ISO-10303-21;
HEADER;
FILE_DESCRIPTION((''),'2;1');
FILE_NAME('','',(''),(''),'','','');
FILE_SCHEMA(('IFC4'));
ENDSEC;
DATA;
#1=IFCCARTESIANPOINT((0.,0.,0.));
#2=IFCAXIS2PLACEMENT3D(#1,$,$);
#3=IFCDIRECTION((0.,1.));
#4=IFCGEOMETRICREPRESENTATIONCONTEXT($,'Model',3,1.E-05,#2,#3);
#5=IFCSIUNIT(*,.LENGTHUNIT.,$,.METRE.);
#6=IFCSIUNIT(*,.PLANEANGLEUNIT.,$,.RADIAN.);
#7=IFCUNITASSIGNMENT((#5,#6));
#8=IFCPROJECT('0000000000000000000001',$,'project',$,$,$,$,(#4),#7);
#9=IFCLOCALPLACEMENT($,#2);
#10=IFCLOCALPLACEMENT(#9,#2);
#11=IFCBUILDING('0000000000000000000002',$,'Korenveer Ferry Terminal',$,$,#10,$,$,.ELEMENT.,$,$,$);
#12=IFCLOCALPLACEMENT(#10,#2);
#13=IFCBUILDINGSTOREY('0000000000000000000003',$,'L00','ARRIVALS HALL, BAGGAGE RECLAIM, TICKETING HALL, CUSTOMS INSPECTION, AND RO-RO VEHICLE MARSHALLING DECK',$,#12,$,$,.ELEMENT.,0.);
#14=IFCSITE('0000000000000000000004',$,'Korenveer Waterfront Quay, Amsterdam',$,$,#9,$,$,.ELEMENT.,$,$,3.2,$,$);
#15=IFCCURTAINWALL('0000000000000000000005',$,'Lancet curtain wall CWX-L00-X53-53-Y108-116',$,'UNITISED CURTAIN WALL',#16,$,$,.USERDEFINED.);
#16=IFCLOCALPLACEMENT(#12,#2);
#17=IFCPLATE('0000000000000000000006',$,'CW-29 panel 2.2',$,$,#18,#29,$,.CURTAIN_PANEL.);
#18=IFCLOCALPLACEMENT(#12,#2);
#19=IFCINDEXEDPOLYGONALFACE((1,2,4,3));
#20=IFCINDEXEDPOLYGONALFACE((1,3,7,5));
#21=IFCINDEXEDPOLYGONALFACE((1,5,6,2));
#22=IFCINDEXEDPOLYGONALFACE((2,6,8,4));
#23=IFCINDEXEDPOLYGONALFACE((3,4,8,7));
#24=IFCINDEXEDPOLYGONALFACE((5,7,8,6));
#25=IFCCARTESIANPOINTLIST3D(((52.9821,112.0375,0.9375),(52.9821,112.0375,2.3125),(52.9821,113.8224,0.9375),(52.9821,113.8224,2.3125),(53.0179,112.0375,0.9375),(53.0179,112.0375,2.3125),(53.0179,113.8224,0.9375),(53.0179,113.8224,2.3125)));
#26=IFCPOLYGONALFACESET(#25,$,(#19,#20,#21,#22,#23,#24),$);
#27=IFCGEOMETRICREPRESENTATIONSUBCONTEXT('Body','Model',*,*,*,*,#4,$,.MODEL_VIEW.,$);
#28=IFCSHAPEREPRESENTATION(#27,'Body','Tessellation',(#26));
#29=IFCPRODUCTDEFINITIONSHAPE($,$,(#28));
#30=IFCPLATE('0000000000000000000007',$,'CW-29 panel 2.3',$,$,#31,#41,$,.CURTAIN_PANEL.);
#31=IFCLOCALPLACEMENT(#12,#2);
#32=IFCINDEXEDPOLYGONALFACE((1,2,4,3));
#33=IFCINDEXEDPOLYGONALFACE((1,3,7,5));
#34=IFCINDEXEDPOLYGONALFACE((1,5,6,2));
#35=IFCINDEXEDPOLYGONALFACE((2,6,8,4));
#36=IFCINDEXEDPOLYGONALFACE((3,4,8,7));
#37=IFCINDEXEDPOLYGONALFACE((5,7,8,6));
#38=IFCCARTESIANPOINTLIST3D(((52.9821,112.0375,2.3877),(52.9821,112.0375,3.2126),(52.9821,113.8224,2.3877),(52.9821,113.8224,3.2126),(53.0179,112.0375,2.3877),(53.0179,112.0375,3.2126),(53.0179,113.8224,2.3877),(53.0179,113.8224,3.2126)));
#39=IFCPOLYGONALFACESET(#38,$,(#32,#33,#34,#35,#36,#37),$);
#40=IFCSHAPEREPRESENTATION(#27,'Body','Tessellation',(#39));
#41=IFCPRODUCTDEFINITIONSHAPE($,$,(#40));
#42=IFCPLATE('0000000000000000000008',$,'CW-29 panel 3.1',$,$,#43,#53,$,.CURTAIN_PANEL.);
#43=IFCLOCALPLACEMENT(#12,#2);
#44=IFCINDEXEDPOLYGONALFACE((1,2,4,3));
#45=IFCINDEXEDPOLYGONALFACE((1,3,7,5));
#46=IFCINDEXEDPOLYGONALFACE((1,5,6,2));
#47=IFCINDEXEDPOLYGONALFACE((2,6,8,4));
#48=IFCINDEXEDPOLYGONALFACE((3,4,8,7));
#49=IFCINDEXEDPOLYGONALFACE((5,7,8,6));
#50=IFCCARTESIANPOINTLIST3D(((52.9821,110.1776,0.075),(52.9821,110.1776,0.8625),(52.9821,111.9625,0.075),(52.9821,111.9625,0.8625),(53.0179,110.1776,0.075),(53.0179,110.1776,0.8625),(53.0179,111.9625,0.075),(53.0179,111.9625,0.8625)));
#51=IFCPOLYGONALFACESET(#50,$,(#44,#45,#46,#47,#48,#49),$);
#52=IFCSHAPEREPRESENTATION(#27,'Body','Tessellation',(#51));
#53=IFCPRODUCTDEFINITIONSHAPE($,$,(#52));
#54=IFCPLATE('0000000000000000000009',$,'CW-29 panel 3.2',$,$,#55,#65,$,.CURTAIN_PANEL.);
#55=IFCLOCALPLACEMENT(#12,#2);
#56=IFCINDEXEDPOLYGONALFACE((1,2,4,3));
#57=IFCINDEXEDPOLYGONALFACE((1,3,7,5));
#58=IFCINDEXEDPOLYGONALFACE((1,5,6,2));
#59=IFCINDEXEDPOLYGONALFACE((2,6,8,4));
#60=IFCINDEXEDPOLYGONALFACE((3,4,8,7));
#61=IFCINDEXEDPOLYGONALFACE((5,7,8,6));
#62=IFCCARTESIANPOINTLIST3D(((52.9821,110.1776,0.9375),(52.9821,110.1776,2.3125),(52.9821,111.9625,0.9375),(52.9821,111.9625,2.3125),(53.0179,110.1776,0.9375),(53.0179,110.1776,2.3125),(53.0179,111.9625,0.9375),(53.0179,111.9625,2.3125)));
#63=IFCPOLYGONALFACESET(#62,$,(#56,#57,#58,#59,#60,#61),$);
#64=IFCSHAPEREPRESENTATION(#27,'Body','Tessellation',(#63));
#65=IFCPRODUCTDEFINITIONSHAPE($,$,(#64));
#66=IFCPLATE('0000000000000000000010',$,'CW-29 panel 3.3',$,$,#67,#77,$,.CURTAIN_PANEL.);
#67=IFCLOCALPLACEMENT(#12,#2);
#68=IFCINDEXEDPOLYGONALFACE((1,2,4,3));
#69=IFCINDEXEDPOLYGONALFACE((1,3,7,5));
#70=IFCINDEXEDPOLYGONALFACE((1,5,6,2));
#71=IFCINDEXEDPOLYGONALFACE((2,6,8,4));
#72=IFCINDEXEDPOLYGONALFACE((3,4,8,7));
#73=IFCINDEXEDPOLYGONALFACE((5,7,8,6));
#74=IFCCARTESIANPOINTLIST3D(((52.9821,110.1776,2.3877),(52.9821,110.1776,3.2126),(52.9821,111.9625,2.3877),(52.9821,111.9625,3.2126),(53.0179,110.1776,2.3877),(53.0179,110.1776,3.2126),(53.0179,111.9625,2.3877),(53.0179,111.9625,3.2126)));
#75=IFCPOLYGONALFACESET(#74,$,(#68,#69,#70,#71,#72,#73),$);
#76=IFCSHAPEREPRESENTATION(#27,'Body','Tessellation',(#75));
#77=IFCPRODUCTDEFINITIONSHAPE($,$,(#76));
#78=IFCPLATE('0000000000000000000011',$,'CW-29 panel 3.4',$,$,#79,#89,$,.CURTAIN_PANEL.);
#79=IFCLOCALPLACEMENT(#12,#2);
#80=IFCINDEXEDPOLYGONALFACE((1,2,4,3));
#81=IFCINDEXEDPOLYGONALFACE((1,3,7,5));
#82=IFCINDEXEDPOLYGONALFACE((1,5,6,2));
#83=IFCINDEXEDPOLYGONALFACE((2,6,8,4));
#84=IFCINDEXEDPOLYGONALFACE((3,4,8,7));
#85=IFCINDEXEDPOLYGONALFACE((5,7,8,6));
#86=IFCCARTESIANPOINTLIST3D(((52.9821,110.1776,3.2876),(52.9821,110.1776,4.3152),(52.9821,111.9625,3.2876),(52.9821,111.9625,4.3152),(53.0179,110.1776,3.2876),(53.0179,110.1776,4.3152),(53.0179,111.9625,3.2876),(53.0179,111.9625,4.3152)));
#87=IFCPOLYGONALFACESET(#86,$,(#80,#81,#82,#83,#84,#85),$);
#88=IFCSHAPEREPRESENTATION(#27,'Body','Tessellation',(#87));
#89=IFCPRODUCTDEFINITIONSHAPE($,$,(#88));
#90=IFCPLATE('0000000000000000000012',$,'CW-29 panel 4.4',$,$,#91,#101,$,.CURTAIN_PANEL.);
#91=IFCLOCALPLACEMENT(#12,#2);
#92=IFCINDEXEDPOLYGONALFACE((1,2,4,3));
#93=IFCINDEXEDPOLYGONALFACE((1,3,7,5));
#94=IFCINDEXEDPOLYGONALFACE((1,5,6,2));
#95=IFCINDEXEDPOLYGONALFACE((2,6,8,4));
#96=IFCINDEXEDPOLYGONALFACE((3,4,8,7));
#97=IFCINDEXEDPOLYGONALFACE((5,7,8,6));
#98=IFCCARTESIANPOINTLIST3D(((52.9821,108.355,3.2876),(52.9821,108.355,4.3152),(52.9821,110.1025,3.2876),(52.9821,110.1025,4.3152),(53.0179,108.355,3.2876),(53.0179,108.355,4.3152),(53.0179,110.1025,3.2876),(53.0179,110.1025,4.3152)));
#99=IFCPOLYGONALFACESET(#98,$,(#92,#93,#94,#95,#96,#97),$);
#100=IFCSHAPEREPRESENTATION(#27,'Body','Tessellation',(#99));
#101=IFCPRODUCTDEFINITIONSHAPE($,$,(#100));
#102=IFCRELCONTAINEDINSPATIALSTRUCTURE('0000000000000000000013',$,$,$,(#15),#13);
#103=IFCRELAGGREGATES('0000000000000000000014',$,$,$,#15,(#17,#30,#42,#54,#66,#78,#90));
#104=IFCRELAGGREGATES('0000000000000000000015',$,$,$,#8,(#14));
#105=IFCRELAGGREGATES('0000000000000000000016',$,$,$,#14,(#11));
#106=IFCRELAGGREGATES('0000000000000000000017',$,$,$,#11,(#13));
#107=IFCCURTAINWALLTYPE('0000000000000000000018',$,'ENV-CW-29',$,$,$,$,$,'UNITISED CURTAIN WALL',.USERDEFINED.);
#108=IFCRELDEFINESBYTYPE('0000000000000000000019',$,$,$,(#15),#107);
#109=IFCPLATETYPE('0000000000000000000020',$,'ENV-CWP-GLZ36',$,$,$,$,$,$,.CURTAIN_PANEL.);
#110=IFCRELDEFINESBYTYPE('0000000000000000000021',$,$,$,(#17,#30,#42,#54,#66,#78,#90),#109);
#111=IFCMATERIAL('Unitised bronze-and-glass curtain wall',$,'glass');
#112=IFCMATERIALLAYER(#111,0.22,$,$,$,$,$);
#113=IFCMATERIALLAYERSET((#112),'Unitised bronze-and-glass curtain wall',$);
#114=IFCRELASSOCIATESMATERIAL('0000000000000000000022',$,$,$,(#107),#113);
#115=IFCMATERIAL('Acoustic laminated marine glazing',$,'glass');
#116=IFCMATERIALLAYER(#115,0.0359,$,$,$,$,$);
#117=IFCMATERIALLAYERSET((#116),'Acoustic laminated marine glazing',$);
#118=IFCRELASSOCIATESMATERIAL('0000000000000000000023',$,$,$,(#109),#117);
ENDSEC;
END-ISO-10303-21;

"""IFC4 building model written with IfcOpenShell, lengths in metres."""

from ifc_helpers import new_model, si_unit, direction, frame, origin, origin_2d, place, context, subcontext, project, spatial, rectangle, extrude, material, layer, layer_set, type_object, element, aggregate, save


model = new_model("IFC4")

# Units and contexts
model_context = context("Model", 3, precision=1e-05, world=origin(), true_north=direction((0.0, 1.0)))
body_context = subcontext(model_context, "Body", "Model", "MODEL_VIEW")
ifc_project = project(units=[si_unit("LENGTHUNIT", "METRE"), si_unit("PLANEANGLEUNIT", "RADIAN")], contexts=[model_context])

# Site, building, storey
site_placement = place(None, origin())
site = spatial("IfcSite", under=ifc_project, at=site_placement, Name="Korenveer Waterfront Quay, Amsterdam", CompositionType="ELEMENT", RefElevation=3.2)
building_placement = place(site_placement, origin())
building = spatial("IfcBuilding", under=site, at=building_placement, Name="Korenveer Ferry Terminal", CompositionType="ELEMENT")
storey_placement = place(building_placement, origin())
storey = spatial("IfcBuildingStorey", under=building, at=storey_placement, Name="L00", Description="ARRIVALS HALL, BAGGAGE RECLAIM, TICKETING HALL, CUSTOMS INSPECTION, AND RO-RO VEHICLE MARSHALLING DECK", CompositionType="ELEMENT", Elevation=0.0)

# Curtain wall, plates
ifc_material_1 = material(Name="Unitised bronze-and-glass curtain wall", Category="glass")
ifc_layer_1 = layer(ifc_material_1, 0.22)
ifc_layer_set_1 = layer_set([ifc_layer_1], Name="Unitised bronze-and-glass curtain wall")
curtain_wall_type = type_object("IfcCurtainWallType", Name="ENV-CW-29", ElementType="UNITISED CURTAIN WALL", PredefinedType="USERDEFINED", material=ifc_layer_set_1)
curtain_wall_placement = place(storey_placement, frame((53.0, 115.72, 0.0)))
curtain_wall = element("IfcCurtainWall", 1, at=curtain_wall_placement, inside=storey, type_object=curtain_wall_type, Name="Lancet curtain wall CWX-L00-X53-53-Y108-116", ObjectType="UNITISED CURTAIN WALL", PredefinedType="USERDEFINED")
ifc_material_2 = material(Name="Acoustic laminated marine glazing", Category="glass")
ifc_layer_2 = layer(ifc_material_2, 0.0359)
ifc_layer_set_2 = layer_set([ifc_layer_2], Name="Acoustic laminated marine glazing")
plate_type = type_object("IfcPlateType", Name="ENV-CWP-GLZ36", PredefinedType="CURTAIN_PANEL", material=ifc_layer_set_2)
plate_1_placement = place(storey_placement, frame((53.0, 112.9299, 0.9375), z_axis=(0.0, 0.0, 1.0), x_axis=(0.0, -1.0, 0.0)))
plate_1 = element("IfcPlate", 2, at=plate_1_placement, type_object=plate_type, Name="CW-29 panel 2.2", PredefinedType="CURTAIN_PANEL", context=body_context, shape_type="SweptSolid", body=[
    extrude(rectangle(XDim=1.7849, YDim=0.0359, at=origin_2d()), origin(), (0.0, 0.0, 1.0), 1.375),
])
plate_2_placement = place(storey_placement, frame((53.0, 112.9299, 2.3877), z_axis=(0.0, 0.0, 1.0), x_axis=(0.0, -1.0, 0.0)))
plate_2 = element("IfcPlate", 3, at=plate_2_placement, type_object=plate_type, Name="CW-29 panel 2.3", PredefinedType="CURTAIN_PANEL", context=body_context, shape_type="SweptSolid", body=[
    extrude(rectangle(XDim=1.7849, YDim=0.0359, at=origin_2d()), origin(), (0.0, 0.0, 1.0), 0.825),
])
plate_3_placement = place(storey_placement, frame((53.0, 111.0701, 0.075), z_axis=(0.0, 0.0, 1.0), x_axis=(0.0, -1.0, 0.0)))
plate_3 = element("IfcPlate", 4, at=plate_3_placement, type_object=plate_type, Name="CW-29 panel 3.1", PredefinedType="CURTAIN_PANEL", context=body_context, shape_type="SweptSolid", body=[
    extrude(rectangle(XDim=1.7849, YDim=0.0359, at=origin_2d()), origin(), (0.0, 0.0, 1.0), 0.7876),
])
plate_4_placement = place(storey_placement, frame((53.0, 111.0701, 0.9375), z_axis=(0.0, 0.0, 1.0), x_axis=(0.0, -1.0, 0.0)))
plate_4 = element("IfcPlate", 5, at=plate_4_placement, type_object=plate_type, Name="CW-29 panel 3.2", PredefinedType="CURTAIN_PANEL", context=body_context, shape_type="SweptSolid", body=[
    extrude(rectangle(XDim=1.7849, YDim=0.0359, at=origin_2d()), origin(), (0.0, 0.0, 1.0), 1.375),
])
plate_5_placement = place(storey_placement, frame((53.0, 111.0701, 2.3877), z_axis=(0.0, 0.0, 1.0), x_axis=(0.0, -1.0, 0.0)))
plate_5 = element("IfcPlate", 6, at=plate_5_placement, type_object=plate_type, Name="CW-29 panel 3.3", PredefinedType="CURTAIN_PANEL", context=body_context, shape_type="SweptSolid", body=[
    extrude(rectangle(XDim=1.7849, YDim=0.0359, at=origin_2d()), origin(), (0.0, 0.0, 1.0), 0.825),
])
plate_6_placement = place(storey_placement, frame((53.0, 111.0701, 3.2876), z_axis=(0.0, 0.0, 1.0), x_axis=(0.0, -1.0, 0.0)))
plate_6 = element("IfcPlate", 7, at=plate_6_placement, type_object=plate_type, Name="CW-29 panel 3.4", PredefinedType="CURTAIN_PANEL", context=body_context, shape_type="SweptSolid", body=[
    extrude(rectangle(XDim=1.7849, YDim=0.0359, at=origin_2d()), origin(), (0.0, 0.0, 1.0), 1.0276),
])
plate_7_placement = place(storey_placement, frame((53.0, 109.2288, 3.2876), z_axis=(0.0, 0.0, 1.0), x_axis=(0.0, -1.0, 0.0)))
plate_7 = element("IfcPlate", 8, at=plate_7_placement, type_object=plate_type, Name="CW-29 panel 4.4", PredefinedType="CURTAIN_PANEL", context=body_context, shape_type="SweptSolid", body=[
    extrude(rectangle(XDim=1.7476, YDim=0.0359, at=origin_2d()), origin(), (0.0, 0.0, 1.0), 1.0276),
])
aggregate(curtain_wall, [plate_1, plate_2, plate_3, plate_4, plate_5, plate_6, plate_7])

save(model, "model.ifc")
